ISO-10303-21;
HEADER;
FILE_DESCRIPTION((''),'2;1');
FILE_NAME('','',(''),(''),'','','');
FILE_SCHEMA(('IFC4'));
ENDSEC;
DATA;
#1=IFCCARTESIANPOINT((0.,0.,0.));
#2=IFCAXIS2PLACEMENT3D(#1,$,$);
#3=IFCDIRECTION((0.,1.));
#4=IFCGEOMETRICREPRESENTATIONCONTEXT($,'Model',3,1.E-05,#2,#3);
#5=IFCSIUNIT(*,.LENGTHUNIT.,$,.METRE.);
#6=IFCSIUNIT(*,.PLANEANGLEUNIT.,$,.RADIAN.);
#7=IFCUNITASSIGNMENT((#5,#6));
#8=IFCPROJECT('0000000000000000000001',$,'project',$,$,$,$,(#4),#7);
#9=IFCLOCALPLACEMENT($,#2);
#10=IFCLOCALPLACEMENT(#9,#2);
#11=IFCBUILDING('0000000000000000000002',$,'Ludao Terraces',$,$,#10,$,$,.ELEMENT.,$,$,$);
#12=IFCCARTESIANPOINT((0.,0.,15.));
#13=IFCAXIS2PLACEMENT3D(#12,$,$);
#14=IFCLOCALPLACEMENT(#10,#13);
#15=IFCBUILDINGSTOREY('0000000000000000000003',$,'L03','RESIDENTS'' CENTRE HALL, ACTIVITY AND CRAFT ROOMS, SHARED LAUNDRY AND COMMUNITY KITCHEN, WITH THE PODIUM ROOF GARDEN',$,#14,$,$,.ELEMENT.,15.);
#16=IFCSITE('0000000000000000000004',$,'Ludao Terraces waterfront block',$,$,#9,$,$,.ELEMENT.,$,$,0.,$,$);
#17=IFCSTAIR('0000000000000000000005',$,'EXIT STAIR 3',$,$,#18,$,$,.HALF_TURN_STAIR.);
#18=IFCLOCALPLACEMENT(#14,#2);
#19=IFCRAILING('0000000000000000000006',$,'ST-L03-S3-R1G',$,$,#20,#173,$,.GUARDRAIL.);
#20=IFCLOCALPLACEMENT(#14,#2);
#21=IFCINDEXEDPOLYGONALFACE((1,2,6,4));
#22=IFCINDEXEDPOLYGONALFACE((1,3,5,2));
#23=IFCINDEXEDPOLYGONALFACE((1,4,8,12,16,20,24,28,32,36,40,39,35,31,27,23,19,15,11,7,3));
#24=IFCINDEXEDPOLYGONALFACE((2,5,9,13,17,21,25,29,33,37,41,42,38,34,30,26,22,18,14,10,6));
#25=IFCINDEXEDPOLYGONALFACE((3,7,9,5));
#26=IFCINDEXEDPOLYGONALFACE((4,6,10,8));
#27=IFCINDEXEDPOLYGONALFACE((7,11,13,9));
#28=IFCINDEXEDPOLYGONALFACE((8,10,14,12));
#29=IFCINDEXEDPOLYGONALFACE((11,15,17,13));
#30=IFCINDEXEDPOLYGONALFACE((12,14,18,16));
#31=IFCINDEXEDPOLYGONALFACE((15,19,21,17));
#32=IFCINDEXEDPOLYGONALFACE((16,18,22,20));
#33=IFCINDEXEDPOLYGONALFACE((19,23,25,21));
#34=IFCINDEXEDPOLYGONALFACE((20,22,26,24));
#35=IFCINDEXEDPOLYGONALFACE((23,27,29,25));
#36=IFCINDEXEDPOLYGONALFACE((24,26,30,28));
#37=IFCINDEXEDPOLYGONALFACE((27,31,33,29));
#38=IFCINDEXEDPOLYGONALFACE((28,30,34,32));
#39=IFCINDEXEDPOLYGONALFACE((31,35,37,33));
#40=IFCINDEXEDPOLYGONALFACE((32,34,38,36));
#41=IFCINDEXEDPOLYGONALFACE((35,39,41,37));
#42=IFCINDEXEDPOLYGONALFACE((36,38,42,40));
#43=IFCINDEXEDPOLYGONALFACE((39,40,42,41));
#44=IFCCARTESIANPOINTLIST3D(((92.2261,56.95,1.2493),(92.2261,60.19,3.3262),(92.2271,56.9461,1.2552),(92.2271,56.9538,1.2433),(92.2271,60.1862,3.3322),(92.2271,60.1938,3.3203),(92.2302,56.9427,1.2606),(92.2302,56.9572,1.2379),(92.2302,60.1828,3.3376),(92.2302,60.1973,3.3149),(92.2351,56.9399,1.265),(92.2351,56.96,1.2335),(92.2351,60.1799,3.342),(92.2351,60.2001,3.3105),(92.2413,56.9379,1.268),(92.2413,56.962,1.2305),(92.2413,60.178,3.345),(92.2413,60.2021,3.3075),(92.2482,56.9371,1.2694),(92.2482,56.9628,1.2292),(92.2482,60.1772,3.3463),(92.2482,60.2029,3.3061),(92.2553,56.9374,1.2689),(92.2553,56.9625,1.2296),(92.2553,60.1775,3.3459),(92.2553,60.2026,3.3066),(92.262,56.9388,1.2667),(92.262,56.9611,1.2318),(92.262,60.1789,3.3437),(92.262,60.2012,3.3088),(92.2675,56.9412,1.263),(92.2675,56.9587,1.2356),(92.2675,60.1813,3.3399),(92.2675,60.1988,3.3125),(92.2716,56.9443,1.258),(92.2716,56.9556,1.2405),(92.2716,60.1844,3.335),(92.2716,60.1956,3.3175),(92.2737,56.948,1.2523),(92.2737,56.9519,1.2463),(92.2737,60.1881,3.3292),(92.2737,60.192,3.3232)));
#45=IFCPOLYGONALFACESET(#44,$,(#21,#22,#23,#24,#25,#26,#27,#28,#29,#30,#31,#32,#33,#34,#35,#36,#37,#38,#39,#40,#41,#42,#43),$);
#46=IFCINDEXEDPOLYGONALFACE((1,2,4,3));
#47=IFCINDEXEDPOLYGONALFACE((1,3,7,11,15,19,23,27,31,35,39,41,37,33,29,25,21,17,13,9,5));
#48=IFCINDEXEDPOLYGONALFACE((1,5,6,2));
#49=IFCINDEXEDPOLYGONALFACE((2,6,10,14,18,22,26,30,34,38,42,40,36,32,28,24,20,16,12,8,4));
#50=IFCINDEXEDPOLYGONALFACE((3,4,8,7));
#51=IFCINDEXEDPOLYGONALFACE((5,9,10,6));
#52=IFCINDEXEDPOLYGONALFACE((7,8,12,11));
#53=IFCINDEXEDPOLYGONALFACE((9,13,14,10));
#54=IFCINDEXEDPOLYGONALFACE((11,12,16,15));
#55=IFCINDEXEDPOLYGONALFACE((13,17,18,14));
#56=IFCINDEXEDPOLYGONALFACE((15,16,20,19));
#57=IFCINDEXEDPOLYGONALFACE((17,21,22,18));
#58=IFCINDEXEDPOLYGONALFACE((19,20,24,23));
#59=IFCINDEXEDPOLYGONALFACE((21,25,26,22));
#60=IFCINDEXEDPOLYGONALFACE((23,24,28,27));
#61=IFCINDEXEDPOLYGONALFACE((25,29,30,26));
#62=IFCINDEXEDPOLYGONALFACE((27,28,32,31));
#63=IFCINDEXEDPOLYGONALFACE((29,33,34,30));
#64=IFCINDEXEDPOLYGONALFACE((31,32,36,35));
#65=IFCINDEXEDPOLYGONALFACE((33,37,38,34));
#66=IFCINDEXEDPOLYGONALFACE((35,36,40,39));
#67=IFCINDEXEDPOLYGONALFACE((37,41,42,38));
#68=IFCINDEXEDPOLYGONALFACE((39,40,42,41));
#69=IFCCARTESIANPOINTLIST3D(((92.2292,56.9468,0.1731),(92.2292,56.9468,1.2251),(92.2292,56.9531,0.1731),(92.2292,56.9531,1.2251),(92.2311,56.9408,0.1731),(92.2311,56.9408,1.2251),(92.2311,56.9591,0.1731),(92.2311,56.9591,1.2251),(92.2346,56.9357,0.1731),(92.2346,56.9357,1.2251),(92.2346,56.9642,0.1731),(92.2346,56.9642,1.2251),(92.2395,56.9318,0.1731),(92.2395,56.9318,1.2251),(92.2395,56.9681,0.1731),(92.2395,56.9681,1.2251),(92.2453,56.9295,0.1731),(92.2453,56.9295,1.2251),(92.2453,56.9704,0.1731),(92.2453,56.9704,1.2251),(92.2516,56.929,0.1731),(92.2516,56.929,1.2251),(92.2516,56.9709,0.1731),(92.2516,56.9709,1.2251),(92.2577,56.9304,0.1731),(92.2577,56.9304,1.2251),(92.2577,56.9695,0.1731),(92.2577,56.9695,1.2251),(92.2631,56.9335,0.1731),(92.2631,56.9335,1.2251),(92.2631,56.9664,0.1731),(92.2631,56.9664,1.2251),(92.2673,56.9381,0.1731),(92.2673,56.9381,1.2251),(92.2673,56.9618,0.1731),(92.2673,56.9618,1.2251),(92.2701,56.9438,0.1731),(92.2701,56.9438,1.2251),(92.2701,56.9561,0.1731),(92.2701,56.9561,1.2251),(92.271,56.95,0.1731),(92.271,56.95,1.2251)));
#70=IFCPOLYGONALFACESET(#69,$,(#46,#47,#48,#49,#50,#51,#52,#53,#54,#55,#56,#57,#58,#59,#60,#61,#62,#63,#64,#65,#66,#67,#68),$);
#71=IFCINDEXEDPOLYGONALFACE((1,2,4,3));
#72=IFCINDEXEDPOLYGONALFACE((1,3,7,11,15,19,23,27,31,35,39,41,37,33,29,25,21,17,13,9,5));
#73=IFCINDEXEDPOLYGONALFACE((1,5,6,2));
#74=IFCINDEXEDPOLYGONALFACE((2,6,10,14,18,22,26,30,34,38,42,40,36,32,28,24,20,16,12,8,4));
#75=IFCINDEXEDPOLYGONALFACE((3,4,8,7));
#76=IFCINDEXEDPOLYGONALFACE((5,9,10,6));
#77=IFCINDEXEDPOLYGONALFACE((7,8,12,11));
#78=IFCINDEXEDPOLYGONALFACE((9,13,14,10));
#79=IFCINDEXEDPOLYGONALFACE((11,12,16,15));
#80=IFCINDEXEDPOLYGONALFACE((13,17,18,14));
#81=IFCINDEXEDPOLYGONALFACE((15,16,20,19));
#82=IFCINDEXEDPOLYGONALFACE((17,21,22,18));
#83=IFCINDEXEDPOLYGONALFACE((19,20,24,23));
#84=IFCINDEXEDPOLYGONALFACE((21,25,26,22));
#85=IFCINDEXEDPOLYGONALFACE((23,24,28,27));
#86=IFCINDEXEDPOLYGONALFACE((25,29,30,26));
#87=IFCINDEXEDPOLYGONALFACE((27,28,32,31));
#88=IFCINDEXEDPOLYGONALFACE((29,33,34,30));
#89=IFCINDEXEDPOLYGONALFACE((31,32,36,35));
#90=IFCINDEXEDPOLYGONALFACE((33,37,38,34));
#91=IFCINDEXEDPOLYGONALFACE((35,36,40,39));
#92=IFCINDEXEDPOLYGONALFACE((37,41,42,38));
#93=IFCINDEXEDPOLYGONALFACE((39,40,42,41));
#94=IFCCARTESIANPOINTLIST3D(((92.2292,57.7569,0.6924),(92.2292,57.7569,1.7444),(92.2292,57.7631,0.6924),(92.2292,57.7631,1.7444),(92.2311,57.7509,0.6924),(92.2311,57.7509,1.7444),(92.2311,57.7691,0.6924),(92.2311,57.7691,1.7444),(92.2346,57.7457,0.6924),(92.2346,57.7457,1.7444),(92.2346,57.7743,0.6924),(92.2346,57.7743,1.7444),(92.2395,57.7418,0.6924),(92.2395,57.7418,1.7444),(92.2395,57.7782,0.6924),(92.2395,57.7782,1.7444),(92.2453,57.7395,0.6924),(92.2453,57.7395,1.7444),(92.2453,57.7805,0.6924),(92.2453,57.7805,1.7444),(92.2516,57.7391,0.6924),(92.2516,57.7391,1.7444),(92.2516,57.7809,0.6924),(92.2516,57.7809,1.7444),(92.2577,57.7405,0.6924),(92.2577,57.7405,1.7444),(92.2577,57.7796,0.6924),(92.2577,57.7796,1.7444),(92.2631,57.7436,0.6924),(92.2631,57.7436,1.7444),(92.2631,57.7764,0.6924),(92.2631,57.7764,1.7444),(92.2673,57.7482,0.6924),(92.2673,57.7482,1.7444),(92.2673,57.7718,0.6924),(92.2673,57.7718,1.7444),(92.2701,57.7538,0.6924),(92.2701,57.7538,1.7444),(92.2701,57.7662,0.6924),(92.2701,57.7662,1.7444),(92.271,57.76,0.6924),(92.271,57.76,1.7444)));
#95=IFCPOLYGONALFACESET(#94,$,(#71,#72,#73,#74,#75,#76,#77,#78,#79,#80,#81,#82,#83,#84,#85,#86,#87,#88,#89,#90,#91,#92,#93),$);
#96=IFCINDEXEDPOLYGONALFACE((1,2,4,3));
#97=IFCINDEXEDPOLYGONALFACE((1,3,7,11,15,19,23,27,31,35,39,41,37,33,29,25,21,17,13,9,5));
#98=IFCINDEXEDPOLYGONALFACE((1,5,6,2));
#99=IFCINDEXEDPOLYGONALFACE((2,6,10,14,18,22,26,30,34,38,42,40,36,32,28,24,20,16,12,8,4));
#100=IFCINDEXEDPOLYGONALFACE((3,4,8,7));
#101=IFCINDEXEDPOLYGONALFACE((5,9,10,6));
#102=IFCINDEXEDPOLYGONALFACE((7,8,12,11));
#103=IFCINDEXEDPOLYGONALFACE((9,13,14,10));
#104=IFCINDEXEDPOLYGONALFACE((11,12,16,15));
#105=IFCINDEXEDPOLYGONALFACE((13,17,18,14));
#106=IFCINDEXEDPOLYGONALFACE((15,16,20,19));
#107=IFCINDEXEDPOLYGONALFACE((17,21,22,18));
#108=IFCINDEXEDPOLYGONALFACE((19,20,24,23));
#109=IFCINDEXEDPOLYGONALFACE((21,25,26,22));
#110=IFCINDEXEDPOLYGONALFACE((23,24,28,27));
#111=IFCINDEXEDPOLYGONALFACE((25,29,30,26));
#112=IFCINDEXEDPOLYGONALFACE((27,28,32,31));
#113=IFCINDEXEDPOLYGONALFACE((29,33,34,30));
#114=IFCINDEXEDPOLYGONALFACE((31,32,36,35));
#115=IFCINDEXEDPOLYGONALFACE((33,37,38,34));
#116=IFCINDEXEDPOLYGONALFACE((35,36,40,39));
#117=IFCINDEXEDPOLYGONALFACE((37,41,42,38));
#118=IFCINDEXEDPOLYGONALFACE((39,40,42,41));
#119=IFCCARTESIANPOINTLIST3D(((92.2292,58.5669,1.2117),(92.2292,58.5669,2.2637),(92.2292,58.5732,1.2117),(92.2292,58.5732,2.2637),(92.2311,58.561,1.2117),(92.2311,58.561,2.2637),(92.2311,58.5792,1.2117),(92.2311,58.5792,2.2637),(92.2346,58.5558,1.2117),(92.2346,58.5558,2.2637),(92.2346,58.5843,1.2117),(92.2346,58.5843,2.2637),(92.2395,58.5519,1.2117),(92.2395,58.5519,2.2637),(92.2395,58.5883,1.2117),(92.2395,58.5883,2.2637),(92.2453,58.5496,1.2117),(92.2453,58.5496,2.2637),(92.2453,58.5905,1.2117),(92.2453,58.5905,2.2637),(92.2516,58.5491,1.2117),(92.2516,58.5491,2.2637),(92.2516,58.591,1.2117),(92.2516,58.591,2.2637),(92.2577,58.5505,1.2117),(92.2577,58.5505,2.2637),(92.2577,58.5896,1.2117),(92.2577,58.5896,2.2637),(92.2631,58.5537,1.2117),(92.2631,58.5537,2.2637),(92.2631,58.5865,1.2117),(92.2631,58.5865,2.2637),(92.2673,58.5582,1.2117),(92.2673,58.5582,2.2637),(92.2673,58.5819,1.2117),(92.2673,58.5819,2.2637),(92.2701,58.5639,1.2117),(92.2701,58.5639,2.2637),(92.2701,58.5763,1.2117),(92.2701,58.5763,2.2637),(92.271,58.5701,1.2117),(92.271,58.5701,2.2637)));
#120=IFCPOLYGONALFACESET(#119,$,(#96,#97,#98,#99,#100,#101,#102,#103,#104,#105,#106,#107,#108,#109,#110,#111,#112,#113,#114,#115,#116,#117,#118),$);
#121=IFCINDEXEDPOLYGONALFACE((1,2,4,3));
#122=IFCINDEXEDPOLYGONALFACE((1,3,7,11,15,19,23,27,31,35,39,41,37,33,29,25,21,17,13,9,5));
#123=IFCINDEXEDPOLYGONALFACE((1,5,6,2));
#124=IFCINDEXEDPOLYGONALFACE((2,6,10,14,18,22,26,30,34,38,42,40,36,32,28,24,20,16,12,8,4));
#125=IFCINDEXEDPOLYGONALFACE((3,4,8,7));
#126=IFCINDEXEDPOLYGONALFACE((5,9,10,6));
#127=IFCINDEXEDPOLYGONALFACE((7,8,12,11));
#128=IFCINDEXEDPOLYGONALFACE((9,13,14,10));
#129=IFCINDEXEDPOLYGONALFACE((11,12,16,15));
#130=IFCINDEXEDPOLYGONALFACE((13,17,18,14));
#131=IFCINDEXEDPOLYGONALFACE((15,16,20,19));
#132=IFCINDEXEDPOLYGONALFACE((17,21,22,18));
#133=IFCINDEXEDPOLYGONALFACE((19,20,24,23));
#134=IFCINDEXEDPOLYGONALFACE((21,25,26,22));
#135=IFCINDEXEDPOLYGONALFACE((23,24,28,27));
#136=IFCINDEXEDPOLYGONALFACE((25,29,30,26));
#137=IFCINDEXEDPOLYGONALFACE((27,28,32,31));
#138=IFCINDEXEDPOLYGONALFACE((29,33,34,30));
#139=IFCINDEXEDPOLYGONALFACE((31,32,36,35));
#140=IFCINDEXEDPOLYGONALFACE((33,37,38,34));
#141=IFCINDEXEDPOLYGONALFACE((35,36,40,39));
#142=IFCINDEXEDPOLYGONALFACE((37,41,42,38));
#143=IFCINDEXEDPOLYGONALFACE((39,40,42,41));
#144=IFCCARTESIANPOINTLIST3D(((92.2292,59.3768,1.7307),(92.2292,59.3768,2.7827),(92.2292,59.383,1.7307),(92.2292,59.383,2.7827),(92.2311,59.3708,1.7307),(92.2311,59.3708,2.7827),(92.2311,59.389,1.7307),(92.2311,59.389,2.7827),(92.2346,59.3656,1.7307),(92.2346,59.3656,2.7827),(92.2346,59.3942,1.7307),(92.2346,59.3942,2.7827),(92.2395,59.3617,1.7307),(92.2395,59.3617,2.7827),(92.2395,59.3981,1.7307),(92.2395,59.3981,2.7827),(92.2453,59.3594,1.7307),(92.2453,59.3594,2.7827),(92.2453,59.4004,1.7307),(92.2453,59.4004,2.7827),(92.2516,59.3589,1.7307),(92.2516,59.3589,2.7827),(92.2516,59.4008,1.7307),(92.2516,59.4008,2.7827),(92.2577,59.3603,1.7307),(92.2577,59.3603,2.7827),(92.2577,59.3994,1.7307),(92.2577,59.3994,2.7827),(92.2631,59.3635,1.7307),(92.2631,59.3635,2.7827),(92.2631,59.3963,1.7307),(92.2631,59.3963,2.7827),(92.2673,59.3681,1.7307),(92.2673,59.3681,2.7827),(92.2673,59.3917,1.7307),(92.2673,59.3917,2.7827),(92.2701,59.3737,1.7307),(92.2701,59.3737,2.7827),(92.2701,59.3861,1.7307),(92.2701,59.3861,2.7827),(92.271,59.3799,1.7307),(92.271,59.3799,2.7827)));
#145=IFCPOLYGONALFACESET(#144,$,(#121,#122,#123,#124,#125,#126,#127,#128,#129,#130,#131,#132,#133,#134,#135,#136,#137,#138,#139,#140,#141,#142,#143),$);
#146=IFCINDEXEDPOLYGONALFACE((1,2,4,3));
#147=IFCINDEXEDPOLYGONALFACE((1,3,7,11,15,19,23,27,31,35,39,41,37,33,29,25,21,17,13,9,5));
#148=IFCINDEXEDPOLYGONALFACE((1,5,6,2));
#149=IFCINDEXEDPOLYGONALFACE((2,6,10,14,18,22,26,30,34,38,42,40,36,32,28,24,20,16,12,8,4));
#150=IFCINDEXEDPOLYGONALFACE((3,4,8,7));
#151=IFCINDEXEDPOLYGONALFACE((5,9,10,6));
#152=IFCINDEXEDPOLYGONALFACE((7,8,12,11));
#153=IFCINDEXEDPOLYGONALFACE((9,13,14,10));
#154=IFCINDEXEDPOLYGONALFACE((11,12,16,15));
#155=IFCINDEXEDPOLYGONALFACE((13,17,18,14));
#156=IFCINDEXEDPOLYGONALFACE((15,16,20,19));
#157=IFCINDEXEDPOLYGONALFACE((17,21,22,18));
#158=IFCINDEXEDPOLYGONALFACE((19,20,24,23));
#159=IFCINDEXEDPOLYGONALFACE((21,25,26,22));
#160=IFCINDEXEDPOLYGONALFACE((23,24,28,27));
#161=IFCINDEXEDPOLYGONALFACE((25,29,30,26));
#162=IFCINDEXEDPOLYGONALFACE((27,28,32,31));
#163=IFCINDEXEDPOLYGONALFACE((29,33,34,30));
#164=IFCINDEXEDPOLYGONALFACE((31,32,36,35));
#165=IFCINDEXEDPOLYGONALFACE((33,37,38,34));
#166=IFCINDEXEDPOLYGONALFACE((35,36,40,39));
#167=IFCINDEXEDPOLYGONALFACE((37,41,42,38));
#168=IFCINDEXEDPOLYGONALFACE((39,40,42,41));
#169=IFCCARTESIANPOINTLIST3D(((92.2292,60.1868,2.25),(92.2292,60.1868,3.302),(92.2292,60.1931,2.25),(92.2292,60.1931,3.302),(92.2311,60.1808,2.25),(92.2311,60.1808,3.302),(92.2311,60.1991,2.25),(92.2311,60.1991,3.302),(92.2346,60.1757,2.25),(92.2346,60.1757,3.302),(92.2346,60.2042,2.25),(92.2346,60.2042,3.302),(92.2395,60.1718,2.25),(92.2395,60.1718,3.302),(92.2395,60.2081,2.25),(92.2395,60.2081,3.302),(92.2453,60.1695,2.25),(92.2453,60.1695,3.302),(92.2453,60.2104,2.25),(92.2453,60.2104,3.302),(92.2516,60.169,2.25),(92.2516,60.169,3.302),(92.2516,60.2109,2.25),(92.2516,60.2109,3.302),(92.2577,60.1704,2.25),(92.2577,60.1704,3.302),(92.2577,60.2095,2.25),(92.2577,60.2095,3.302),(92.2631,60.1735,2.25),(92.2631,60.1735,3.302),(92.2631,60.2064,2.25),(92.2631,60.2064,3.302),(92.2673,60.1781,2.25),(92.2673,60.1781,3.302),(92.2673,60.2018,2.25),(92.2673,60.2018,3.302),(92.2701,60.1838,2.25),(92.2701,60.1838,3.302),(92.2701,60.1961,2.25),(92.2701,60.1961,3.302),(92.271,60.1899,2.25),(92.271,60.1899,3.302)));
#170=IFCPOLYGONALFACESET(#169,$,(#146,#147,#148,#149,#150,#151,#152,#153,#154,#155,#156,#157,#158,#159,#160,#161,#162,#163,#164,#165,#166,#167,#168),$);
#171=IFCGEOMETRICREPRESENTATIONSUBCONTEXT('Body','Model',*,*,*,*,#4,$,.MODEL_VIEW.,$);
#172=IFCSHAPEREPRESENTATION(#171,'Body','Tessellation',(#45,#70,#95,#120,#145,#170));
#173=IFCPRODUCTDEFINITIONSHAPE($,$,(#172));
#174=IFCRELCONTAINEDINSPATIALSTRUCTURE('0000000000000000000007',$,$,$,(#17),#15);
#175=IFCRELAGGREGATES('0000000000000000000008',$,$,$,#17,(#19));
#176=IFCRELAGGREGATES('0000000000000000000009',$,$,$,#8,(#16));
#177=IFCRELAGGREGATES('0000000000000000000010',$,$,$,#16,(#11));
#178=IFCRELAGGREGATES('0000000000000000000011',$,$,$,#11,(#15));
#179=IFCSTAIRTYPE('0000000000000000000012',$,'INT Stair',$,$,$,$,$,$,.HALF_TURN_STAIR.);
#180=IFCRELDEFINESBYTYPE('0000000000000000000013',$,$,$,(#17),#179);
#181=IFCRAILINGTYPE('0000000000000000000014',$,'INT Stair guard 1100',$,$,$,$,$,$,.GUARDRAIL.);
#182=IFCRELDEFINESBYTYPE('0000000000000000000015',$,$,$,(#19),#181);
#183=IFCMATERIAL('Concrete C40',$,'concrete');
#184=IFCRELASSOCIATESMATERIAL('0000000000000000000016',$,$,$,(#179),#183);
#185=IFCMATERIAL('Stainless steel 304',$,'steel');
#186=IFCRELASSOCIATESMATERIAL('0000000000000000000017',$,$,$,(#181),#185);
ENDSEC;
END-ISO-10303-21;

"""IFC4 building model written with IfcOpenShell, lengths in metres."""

from ifc_helpers import new_model, si_unit, direction, frame, origin, origin_2d, place, context, subcontext, project, spatial, circle, extrude, material, type_object, element, aggregate, save


model = new_model("IFC4")

# Units and contexts
model_context = context("Model", 3, precision=1e-05, world=origin(), true_north=direction((0.0, 1.0)))
body_context = subcontext(model_context, "Body", "Model", "MODEL_VIEW")
ifc_project = project(units=[si_unit("LENGTHUNIT", "METRE"), si_unit("PLANEANGLEUNIT", "RADIAN")], contexts=[model_context])

# Site, building, storey
site_placement = place(None, origin())
site = spatial("IfcSite", under=ifc_project, at=site_placement, Name="Ludao Terraces waterfront block", CompositionType="ELEMENT", RefElevation=0.0)
building_placement = place(site_placement, origin())
building = spatial("IfcBuilding", under=site, at=building_placement, Name="Ludao Terraces", CompositionType="ELEMENT")
storey_placement = place(building_placement, frame((0.0, 0.0, 15.0)))
storey = spatial("IfcBuildingStorey", under=building, at=storey_placement, Name="L03", Description="RESIDENTS' CENTRE HALL, ACTIVITY AND CRAFT ROOMS, SHARED LAUNDRY AND COMMUNITY KITCHEN, WITH THE PODIUM ROOF GARDEN", CompositionType="ELEMENT", Elevation=15.0)

# Stair, railing
ifc_material_1 = material(Name="Concrete C40", Category="concrete")
stair_type = type_object("IfcStairType", Name="INT Stair", PredefinedType="HALF_TURN_STAIR", material=ifc_material_1)
stair_placement = place(storey_placement, origin())
stair = element("IfcStair", 1, at=stair_placement, inside=storey, type_object=stair_type, Name="EXIT STAIR 3", PredefinedType="HALF_TURN_STAIR")
ifc_material_2 = material(Name="Stainless steel 304", Category="steel")
railing_type_1 = type_object("IfcRailingType", Name="INT Stair guard 1100", PredefinedType="GUARDRAIL", material=ifc_material_2)
railing_1_placement = place(storey_placement, frame((92.25, 56.95, 0.1731)))
railing_1 = element("IfcRailing", 2, at=railing_1_placement, type_object=railing_type_1, Name="ST-L03-S3-R1G", PredefinedType="GUARDRAIL", context=body_context, shape_type="SweptSolid", body=[
    extrude(circle(Radius=0.0239, at=origin_2d()), frame((0.0, 0.0, 1.0762), z_axis=(0.0, 0.841881, 0.539664), x_axis=(-1.0, 0.0, 0.0)), (0.0, 0.0, 1.0), 3.8486),
    extrude(circle(Radius=0.021, at=origin_2d()), origin(), (0.0, 0.0, 1.0), 1.052),
    extrude(circle(Radius=0.021, at=origin_2d()), frame((0.0, 0.8101, 0.5193)), (0.0, 0.0, 1.0), 1.052),
    extrude(circle(Radius=0.021, at=origin_2d()), frame((0.0, 1.6201, 1.0386)), (0.0, 0.0, 1.0), 1.052),
    extrude(circle(Radius=0.021, at=origin_2d()), frame((0.0, 2.4299, 1.5576)), (0.0, 0.0, 1.0), 1.052),
    extrude(circle(Radius=0.021, at=origin_2d()), frame((0.0, 3.24, 2.0769)), (0.0, 0.0, 1.0), 1.052),
])
aggregate(stair, [railing_1])

save(model, "model.ifc")
